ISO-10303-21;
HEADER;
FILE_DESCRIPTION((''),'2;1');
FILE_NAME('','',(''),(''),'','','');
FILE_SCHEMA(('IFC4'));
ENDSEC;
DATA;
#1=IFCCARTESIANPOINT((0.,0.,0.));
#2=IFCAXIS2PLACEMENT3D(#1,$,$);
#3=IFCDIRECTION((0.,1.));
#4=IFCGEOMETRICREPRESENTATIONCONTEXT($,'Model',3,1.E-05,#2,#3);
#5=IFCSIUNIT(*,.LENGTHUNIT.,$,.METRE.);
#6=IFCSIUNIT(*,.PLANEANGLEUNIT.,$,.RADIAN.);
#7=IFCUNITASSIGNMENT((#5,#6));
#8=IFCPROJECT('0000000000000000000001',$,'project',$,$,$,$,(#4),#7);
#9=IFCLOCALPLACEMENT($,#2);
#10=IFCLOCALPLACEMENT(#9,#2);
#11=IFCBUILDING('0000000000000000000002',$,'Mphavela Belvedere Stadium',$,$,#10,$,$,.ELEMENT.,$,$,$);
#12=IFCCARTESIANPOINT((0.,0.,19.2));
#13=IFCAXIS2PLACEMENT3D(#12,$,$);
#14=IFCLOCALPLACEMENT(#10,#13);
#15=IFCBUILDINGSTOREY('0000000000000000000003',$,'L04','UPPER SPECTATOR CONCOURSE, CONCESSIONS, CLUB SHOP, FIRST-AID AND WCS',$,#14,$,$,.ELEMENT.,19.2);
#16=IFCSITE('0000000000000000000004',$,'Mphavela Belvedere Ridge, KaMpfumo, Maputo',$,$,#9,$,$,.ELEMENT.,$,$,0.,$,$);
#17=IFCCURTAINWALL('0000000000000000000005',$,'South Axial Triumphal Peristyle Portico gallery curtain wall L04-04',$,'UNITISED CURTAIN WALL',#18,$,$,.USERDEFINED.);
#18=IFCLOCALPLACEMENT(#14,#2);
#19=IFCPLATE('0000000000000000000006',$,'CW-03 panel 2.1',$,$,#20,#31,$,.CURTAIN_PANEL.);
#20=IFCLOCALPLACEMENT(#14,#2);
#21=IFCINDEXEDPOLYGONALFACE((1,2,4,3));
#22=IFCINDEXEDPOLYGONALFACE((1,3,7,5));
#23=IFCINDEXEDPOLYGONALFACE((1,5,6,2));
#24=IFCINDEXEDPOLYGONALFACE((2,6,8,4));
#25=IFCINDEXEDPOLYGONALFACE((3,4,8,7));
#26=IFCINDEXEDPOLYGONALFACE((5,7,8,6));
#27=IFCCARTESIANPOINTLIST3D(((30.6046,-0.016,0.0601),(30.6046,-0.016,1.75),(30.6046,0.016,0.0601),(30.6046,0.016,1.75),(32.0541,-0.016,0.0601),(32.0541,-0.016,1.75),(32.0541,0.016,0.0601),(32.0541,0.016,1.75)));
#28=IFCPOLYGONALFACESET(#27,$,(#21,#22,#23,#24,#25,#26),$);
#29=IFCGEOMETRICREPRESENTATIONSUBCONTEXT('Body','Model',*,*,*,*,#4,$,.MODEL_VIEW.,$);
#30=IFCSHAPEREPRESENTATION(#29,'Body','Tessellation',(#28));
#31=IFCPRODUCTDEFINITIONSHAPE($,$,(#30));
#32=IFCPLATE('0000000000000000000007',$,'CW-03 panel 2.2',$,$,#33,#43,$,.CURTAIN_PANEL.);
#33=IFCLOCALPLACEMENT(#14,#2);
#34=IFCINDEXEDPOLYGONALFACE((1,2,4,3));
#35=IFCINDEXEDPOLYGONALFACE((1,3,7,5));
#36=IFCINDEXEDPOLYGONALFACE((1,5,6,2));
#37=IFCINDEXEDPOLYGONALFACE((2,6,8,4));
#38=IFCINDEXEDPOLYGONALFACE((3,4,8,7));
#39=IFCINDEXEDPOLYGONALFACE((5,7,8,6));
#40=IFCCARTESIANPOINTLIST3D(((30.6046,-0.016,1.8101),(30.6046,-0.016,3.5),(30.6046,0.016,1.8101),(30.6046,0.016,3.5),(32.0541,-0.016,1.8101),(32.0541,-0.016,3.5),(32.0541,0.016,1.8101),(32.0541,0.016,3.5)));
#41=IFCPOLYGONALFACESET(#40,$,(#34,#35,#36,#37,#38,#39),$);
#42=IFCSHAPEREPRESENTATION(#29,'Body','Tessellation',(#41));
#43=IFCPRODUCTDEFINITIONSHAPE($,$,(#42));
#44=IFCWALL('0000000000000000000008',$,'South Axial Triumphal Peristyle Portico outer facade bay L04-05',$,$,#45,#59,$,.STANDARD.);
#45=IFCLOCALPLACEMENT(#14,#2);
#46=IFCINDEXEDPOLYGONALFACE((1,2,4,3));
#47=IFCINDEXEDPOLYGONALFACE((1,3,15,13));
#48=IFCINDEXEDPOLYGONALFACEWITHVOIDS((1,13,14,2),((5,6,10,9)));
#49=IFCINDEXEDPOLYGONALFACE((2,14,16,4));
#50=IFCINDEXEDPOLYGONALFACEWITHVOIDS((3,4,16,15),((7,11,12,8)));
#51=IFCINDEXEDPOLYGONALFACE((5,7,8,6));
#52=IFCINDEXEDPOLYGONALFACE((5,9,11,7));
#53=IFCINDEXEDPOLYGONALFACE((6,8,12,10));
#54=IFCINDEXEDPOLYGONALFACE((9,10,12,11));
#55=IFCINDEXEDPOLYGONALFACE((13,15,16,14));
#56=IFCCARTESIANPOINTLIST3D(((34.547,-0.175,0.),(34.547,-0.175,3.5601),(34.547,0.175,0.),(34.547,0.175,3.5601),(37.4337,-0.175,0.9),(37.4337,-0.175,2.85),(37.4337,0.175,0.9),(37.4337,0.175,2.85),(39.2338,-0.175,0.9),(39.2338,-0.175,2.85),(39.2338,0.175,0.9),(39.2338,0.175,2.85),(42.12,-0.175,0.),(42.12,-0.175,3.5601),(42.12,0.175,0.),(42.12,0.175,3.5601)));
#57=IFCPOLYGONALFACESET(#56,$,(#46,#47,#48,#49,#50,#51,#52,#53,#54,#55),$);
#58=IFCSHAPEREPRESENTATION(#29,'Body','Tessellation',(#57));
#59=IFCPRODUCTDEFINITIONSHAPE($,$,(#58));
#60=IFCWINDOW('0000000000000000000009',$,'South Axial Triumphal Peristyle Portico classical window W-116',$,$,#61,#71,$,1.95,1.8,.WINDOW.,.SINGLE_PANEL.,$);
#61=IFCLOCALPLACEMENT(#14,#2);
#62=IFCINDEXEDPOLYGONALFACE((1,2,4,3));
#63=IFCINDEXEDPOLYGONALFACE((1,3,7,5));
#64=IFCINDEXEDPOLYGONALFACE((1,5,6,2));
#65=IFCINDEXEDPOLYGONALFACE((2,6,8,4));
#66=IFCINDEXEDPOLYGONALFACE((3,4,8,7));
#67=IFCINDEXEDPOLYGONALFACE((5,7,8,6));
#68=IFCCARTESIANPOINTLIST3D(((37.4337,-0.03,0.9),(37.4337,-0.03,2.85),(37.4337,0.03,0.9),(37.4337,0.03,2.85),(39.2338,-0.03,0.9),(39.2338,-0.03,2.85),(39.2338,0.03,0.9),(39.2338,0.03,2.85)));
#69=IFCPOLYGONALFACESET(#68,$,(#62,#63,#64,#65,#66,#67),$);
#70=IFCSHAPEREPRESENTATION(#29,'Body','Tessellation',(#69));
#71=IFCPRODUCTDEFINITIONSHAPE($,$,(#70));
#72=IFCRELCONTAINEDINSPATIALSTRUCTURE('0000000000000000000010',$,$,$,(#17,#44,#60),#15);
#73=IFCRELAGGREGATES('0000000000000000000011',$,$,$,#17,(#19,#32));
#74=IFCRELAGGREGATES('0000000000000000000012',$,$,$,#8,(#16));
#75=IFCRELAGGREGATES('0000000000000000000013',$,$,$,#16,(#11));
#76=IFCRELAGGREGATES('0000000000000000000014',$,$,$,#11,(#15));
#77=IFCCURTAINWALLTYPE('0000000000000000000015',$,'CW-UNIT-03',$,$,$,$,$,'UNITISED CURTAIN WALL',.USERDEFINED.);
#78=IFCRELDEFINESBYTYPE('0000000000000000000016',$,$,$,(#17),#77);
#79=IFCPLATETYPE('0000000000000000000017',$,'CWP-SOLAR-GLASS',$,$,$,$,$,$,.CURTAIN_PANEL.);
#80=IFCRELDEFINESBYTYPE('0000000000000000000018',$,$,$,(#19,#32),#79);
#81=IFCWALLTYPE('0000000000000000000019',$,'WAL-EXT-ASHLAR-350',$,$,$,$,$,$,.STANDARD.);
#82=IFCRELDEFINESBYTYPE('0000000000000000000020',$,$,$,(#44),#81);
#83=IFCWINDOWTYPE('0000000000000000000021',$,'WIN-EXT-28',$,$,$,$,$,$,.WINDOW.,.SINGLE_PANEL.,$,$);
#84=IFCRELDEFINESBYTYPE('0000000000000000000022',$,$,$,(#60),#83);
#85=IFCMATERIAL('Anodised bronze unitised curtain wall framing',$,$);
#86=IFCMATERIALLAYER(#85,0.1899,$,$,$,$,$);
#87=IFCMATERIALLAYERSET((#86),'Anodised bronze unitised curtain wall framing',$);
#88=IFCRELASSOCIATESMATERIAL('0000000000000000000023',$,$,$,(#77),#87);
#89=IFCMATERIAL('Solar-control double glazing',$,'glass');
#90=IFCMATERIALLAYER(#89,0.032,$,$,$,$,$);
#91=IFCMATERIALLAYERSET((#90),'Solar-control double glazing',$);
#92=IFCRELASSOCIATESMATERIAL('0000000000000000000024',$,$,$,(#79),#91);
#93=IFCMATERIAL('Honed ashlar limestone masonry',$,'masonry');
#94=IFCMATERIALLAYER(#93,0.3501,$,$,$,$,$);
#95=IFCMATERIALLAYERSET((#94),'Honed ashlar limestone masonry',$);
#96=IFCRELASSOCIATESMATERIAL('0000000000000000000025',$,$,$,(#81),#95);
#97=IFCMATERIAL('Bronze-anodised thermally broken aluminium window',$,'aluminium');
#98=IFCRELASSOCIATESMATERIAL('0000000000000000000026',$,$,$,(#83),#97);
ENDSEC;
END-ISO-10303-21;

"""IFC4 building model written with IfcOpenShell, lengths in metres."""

from ifc_helpers import new_model, si_unit, direction, frame, frame_2d, origin, origin_2d, place, context, subcontext, project, spatial, rectangle, extrude, material, layer, layer_set, type_object, element, fill, aggregate, save


model = new_model("IFC4")

# Units and contexts
model_context = context("Model", 3, precision=1e-05, world=origin(), true_north=direction((0.0, 1.0)))
body_context = subcontext(model_context, "Body", "Model", "MODEL_VIEW")
ifc_project = project(units=[si_unit("LENGTHUNIT", "METRE"), si_unit("PLANEANGLEUNIT", "RADIAN")], contexts=[model_context])

# Site, building, storey
site_placement = place(None, origin())
site = spatial("IfcSite", under=ifc_project, at=site_placement, Name="Mphavela Belvedere Ridge, KaMpfumo, Maputo", CompositionType="ELEMENT", RefElevation=0.0)
building_placement = place(site_placement, origin())
building = spatial("IfcBuilding", under=site, at=building_placement, Name="Mphavela Belvedere Stadium", CompositionType="ELEMENT")
storey_placement = place(building_placement, frame((0.0, 0.0, 19.2)))
storey = spatial("IfcBuildingStorey", under=building, at=storey_placement, Name="L04", Description="UPPER SPECTATOR CONCOURSE, CONCESSIONS, CLUB SHOP, FIRST-AID AND WCS", CompositionType="ELEMENT", Elevation=19.2)

# Curtain wall, plates
ifc_material_1 = material(Name="Anodised bronze unitised curtain wall framing")
ifc_layer_1 = layer(ifc_material_1, 0.1899)
ifc_layer_set_1 = layer_set([ifc_layer_1], Name="Anodised bronze unitised curtain wall framing")
curtain_wall_type = type_object("IfcCurtainWallType", Name="CW-UNIT-03", ElementType="UNITISED CURTAIN WALL", PredefinedType="USERDEFINED", material=ifc_layer_set_1)
curtain_wall_placement = place(storey_placement, origin())
curtain_wall = element("IfcCurtainWall", 1, at=curtain_wall_placement, inside=storey, type_object=curtain_wall_type, Name="South Axial Triumphal Peristyle Portico gallery curtain wall L04-04", ObjectType="UNITISED CURTAIN WALL", PredefinedType="USERDEFINED")
ifc_material_2 = material(Name="Solar-control double glazing", Category="glass")
ifc_layer_2 = layer(ifc_material_2, 0.032)
ifc_layer_set_2 = layer_set([ifc_layer_2], Name="Solar-control double glazing")
plate_type = type_object("IfcPlateType", Name="CWP-SOLAR-GLASS", PredefinedType="CURTAIN_PANEL", material=ifc_layer_set_2)
plate_1_placement = place(storey_placement, frame((31.3293, 0.0, 0.0601), z_axis=(0.0, 0.0, 1.0), x_axis=(-1.0, 0.0, 0.0)))
plate_1 = element("IfcPlate", 2, at=plate_1_placement, type_object=plate_type, Name="CW-03 panel 2.1", PredefinedType="CURTAIN_PANEL", context=body_context, shape_type="SweptSolid", body=[
    extrude(rectangle(XDim=1.4495, YDim=0.032, at=origin_2d()), origin(), (0.0, 0.0, 1.0), 1.6899),
])
plate_2_placement = place(storey_placement, frame((31.3293, 0.0, 1.8101), z_axis=(0.0, 0.0, 1.0), x_axis=(-1.0, 0.0, 0.0)))
plate_2 = element("IfcPlate", 3, at=plate_2_placement, type_object=plate_type, Name="CW-03 panel 2.2", PredefinedType="CURTAIN_PANEL", context=body_context, shape_type="SweptSolid", body=[
    extrude(rectangle(XDim=1.4495, YDim=0.032, at=origin_2d()), origin(), (0.0, 0.0, 1.0), 1.6899),
])
aggregate(curtain_wall, [plate_1, plate_2])

# Wall, opening, window
ifc_material_3 = material(Name="Honed ashlar limestone masonry", Category="masonry")
ifc_layer_3 = layer(ifc_material_3, 0.3501)
ifc_layer_set_3 = layer_set([ifc_layer_3], Name="Honed ashlar limestone masonry")
wall_type = type_object("IfcWallType", Name="WAL-EXT-ASHLAR-350", PredefinedType="STANDARD", material=ifc_layer_set_3)
wall_placement = place(storey_placement, frame((42.1201, 0.0, 0.0), z_axis=(0.0, 0.0, 1.0), x_axis=(-1.0, 0.0, 0.0)))
wall = element("IfcWall", 4, at=wall_placement, inside=storey, type_object=wall_type, Name="South Axial Triumphal Peristyle Portico outer facade bay L04-05", PredefinedType="STANDARD", context=body_context, shape_type="SweptSolid", body=[
    extrude(rectangle(XDim=7.573, YDim=0.3501, at=frame_2d((3.7866, 0.0))), origin(), (0.0, 0.0, 1.0), 3.5601),
])
opening_placement = place(wall_placement, frame((2.8865, 0.0, 0.8999)))
opening = element("IfcOpeningElement", 5, at=opening_placement, cuts=wall, PredefinedType="OPENING", context=body_context, shape_type="SweptSolid", body=[
    extrude(rectangle(XDim=1.8, YDim=1.95, at=frame_2d((0.8999, 0.9751))), frame((0.0, 0.1851, 0.0), z_axis=(0.0, -1.0, 0.0), x_axis=(1.0, 0.0, 0.0)), (0.0, 0.0, 1.0), 0.3701),
])
ifc_material_4 = material(Name="Bronze-anodised thermally broken aluminium window", Category="aluminium")
window_type = type_object("IfcWindowType", Name="WIN-EXT-28", PartitioningType="SINGLE_PANEL", PredefinedType="WINDOW", material=ifc_material_4)
window_placement = place(opening_placement, origin())
window = element("IfcWindow", 6, at=window_placement, inside=storey, type_object=window_type, Name="South Axial Triumphal Peristyle Portico classical window W-116", OverallHeight=1.95, OverallWidth=1.8, PartitioningType="SINGLE_PANEL", PredefinedType="WINDOW", context=body_context, shape_type="SweptSolid", body=[
    extrude(rectangle(XDim=1.8, YDim=1.95, at=frame_2d((0.8999, 0.9751))), frame((0.0, 0.03, 0.0), z_axis=(0.0, -1.0, 0.0), x_axis=(1.0, 0.0, 0.0)), (0.0, 0.0, 1.0), 0.0601),
])
fill(opening, window)

save(model, "model.ifc")
